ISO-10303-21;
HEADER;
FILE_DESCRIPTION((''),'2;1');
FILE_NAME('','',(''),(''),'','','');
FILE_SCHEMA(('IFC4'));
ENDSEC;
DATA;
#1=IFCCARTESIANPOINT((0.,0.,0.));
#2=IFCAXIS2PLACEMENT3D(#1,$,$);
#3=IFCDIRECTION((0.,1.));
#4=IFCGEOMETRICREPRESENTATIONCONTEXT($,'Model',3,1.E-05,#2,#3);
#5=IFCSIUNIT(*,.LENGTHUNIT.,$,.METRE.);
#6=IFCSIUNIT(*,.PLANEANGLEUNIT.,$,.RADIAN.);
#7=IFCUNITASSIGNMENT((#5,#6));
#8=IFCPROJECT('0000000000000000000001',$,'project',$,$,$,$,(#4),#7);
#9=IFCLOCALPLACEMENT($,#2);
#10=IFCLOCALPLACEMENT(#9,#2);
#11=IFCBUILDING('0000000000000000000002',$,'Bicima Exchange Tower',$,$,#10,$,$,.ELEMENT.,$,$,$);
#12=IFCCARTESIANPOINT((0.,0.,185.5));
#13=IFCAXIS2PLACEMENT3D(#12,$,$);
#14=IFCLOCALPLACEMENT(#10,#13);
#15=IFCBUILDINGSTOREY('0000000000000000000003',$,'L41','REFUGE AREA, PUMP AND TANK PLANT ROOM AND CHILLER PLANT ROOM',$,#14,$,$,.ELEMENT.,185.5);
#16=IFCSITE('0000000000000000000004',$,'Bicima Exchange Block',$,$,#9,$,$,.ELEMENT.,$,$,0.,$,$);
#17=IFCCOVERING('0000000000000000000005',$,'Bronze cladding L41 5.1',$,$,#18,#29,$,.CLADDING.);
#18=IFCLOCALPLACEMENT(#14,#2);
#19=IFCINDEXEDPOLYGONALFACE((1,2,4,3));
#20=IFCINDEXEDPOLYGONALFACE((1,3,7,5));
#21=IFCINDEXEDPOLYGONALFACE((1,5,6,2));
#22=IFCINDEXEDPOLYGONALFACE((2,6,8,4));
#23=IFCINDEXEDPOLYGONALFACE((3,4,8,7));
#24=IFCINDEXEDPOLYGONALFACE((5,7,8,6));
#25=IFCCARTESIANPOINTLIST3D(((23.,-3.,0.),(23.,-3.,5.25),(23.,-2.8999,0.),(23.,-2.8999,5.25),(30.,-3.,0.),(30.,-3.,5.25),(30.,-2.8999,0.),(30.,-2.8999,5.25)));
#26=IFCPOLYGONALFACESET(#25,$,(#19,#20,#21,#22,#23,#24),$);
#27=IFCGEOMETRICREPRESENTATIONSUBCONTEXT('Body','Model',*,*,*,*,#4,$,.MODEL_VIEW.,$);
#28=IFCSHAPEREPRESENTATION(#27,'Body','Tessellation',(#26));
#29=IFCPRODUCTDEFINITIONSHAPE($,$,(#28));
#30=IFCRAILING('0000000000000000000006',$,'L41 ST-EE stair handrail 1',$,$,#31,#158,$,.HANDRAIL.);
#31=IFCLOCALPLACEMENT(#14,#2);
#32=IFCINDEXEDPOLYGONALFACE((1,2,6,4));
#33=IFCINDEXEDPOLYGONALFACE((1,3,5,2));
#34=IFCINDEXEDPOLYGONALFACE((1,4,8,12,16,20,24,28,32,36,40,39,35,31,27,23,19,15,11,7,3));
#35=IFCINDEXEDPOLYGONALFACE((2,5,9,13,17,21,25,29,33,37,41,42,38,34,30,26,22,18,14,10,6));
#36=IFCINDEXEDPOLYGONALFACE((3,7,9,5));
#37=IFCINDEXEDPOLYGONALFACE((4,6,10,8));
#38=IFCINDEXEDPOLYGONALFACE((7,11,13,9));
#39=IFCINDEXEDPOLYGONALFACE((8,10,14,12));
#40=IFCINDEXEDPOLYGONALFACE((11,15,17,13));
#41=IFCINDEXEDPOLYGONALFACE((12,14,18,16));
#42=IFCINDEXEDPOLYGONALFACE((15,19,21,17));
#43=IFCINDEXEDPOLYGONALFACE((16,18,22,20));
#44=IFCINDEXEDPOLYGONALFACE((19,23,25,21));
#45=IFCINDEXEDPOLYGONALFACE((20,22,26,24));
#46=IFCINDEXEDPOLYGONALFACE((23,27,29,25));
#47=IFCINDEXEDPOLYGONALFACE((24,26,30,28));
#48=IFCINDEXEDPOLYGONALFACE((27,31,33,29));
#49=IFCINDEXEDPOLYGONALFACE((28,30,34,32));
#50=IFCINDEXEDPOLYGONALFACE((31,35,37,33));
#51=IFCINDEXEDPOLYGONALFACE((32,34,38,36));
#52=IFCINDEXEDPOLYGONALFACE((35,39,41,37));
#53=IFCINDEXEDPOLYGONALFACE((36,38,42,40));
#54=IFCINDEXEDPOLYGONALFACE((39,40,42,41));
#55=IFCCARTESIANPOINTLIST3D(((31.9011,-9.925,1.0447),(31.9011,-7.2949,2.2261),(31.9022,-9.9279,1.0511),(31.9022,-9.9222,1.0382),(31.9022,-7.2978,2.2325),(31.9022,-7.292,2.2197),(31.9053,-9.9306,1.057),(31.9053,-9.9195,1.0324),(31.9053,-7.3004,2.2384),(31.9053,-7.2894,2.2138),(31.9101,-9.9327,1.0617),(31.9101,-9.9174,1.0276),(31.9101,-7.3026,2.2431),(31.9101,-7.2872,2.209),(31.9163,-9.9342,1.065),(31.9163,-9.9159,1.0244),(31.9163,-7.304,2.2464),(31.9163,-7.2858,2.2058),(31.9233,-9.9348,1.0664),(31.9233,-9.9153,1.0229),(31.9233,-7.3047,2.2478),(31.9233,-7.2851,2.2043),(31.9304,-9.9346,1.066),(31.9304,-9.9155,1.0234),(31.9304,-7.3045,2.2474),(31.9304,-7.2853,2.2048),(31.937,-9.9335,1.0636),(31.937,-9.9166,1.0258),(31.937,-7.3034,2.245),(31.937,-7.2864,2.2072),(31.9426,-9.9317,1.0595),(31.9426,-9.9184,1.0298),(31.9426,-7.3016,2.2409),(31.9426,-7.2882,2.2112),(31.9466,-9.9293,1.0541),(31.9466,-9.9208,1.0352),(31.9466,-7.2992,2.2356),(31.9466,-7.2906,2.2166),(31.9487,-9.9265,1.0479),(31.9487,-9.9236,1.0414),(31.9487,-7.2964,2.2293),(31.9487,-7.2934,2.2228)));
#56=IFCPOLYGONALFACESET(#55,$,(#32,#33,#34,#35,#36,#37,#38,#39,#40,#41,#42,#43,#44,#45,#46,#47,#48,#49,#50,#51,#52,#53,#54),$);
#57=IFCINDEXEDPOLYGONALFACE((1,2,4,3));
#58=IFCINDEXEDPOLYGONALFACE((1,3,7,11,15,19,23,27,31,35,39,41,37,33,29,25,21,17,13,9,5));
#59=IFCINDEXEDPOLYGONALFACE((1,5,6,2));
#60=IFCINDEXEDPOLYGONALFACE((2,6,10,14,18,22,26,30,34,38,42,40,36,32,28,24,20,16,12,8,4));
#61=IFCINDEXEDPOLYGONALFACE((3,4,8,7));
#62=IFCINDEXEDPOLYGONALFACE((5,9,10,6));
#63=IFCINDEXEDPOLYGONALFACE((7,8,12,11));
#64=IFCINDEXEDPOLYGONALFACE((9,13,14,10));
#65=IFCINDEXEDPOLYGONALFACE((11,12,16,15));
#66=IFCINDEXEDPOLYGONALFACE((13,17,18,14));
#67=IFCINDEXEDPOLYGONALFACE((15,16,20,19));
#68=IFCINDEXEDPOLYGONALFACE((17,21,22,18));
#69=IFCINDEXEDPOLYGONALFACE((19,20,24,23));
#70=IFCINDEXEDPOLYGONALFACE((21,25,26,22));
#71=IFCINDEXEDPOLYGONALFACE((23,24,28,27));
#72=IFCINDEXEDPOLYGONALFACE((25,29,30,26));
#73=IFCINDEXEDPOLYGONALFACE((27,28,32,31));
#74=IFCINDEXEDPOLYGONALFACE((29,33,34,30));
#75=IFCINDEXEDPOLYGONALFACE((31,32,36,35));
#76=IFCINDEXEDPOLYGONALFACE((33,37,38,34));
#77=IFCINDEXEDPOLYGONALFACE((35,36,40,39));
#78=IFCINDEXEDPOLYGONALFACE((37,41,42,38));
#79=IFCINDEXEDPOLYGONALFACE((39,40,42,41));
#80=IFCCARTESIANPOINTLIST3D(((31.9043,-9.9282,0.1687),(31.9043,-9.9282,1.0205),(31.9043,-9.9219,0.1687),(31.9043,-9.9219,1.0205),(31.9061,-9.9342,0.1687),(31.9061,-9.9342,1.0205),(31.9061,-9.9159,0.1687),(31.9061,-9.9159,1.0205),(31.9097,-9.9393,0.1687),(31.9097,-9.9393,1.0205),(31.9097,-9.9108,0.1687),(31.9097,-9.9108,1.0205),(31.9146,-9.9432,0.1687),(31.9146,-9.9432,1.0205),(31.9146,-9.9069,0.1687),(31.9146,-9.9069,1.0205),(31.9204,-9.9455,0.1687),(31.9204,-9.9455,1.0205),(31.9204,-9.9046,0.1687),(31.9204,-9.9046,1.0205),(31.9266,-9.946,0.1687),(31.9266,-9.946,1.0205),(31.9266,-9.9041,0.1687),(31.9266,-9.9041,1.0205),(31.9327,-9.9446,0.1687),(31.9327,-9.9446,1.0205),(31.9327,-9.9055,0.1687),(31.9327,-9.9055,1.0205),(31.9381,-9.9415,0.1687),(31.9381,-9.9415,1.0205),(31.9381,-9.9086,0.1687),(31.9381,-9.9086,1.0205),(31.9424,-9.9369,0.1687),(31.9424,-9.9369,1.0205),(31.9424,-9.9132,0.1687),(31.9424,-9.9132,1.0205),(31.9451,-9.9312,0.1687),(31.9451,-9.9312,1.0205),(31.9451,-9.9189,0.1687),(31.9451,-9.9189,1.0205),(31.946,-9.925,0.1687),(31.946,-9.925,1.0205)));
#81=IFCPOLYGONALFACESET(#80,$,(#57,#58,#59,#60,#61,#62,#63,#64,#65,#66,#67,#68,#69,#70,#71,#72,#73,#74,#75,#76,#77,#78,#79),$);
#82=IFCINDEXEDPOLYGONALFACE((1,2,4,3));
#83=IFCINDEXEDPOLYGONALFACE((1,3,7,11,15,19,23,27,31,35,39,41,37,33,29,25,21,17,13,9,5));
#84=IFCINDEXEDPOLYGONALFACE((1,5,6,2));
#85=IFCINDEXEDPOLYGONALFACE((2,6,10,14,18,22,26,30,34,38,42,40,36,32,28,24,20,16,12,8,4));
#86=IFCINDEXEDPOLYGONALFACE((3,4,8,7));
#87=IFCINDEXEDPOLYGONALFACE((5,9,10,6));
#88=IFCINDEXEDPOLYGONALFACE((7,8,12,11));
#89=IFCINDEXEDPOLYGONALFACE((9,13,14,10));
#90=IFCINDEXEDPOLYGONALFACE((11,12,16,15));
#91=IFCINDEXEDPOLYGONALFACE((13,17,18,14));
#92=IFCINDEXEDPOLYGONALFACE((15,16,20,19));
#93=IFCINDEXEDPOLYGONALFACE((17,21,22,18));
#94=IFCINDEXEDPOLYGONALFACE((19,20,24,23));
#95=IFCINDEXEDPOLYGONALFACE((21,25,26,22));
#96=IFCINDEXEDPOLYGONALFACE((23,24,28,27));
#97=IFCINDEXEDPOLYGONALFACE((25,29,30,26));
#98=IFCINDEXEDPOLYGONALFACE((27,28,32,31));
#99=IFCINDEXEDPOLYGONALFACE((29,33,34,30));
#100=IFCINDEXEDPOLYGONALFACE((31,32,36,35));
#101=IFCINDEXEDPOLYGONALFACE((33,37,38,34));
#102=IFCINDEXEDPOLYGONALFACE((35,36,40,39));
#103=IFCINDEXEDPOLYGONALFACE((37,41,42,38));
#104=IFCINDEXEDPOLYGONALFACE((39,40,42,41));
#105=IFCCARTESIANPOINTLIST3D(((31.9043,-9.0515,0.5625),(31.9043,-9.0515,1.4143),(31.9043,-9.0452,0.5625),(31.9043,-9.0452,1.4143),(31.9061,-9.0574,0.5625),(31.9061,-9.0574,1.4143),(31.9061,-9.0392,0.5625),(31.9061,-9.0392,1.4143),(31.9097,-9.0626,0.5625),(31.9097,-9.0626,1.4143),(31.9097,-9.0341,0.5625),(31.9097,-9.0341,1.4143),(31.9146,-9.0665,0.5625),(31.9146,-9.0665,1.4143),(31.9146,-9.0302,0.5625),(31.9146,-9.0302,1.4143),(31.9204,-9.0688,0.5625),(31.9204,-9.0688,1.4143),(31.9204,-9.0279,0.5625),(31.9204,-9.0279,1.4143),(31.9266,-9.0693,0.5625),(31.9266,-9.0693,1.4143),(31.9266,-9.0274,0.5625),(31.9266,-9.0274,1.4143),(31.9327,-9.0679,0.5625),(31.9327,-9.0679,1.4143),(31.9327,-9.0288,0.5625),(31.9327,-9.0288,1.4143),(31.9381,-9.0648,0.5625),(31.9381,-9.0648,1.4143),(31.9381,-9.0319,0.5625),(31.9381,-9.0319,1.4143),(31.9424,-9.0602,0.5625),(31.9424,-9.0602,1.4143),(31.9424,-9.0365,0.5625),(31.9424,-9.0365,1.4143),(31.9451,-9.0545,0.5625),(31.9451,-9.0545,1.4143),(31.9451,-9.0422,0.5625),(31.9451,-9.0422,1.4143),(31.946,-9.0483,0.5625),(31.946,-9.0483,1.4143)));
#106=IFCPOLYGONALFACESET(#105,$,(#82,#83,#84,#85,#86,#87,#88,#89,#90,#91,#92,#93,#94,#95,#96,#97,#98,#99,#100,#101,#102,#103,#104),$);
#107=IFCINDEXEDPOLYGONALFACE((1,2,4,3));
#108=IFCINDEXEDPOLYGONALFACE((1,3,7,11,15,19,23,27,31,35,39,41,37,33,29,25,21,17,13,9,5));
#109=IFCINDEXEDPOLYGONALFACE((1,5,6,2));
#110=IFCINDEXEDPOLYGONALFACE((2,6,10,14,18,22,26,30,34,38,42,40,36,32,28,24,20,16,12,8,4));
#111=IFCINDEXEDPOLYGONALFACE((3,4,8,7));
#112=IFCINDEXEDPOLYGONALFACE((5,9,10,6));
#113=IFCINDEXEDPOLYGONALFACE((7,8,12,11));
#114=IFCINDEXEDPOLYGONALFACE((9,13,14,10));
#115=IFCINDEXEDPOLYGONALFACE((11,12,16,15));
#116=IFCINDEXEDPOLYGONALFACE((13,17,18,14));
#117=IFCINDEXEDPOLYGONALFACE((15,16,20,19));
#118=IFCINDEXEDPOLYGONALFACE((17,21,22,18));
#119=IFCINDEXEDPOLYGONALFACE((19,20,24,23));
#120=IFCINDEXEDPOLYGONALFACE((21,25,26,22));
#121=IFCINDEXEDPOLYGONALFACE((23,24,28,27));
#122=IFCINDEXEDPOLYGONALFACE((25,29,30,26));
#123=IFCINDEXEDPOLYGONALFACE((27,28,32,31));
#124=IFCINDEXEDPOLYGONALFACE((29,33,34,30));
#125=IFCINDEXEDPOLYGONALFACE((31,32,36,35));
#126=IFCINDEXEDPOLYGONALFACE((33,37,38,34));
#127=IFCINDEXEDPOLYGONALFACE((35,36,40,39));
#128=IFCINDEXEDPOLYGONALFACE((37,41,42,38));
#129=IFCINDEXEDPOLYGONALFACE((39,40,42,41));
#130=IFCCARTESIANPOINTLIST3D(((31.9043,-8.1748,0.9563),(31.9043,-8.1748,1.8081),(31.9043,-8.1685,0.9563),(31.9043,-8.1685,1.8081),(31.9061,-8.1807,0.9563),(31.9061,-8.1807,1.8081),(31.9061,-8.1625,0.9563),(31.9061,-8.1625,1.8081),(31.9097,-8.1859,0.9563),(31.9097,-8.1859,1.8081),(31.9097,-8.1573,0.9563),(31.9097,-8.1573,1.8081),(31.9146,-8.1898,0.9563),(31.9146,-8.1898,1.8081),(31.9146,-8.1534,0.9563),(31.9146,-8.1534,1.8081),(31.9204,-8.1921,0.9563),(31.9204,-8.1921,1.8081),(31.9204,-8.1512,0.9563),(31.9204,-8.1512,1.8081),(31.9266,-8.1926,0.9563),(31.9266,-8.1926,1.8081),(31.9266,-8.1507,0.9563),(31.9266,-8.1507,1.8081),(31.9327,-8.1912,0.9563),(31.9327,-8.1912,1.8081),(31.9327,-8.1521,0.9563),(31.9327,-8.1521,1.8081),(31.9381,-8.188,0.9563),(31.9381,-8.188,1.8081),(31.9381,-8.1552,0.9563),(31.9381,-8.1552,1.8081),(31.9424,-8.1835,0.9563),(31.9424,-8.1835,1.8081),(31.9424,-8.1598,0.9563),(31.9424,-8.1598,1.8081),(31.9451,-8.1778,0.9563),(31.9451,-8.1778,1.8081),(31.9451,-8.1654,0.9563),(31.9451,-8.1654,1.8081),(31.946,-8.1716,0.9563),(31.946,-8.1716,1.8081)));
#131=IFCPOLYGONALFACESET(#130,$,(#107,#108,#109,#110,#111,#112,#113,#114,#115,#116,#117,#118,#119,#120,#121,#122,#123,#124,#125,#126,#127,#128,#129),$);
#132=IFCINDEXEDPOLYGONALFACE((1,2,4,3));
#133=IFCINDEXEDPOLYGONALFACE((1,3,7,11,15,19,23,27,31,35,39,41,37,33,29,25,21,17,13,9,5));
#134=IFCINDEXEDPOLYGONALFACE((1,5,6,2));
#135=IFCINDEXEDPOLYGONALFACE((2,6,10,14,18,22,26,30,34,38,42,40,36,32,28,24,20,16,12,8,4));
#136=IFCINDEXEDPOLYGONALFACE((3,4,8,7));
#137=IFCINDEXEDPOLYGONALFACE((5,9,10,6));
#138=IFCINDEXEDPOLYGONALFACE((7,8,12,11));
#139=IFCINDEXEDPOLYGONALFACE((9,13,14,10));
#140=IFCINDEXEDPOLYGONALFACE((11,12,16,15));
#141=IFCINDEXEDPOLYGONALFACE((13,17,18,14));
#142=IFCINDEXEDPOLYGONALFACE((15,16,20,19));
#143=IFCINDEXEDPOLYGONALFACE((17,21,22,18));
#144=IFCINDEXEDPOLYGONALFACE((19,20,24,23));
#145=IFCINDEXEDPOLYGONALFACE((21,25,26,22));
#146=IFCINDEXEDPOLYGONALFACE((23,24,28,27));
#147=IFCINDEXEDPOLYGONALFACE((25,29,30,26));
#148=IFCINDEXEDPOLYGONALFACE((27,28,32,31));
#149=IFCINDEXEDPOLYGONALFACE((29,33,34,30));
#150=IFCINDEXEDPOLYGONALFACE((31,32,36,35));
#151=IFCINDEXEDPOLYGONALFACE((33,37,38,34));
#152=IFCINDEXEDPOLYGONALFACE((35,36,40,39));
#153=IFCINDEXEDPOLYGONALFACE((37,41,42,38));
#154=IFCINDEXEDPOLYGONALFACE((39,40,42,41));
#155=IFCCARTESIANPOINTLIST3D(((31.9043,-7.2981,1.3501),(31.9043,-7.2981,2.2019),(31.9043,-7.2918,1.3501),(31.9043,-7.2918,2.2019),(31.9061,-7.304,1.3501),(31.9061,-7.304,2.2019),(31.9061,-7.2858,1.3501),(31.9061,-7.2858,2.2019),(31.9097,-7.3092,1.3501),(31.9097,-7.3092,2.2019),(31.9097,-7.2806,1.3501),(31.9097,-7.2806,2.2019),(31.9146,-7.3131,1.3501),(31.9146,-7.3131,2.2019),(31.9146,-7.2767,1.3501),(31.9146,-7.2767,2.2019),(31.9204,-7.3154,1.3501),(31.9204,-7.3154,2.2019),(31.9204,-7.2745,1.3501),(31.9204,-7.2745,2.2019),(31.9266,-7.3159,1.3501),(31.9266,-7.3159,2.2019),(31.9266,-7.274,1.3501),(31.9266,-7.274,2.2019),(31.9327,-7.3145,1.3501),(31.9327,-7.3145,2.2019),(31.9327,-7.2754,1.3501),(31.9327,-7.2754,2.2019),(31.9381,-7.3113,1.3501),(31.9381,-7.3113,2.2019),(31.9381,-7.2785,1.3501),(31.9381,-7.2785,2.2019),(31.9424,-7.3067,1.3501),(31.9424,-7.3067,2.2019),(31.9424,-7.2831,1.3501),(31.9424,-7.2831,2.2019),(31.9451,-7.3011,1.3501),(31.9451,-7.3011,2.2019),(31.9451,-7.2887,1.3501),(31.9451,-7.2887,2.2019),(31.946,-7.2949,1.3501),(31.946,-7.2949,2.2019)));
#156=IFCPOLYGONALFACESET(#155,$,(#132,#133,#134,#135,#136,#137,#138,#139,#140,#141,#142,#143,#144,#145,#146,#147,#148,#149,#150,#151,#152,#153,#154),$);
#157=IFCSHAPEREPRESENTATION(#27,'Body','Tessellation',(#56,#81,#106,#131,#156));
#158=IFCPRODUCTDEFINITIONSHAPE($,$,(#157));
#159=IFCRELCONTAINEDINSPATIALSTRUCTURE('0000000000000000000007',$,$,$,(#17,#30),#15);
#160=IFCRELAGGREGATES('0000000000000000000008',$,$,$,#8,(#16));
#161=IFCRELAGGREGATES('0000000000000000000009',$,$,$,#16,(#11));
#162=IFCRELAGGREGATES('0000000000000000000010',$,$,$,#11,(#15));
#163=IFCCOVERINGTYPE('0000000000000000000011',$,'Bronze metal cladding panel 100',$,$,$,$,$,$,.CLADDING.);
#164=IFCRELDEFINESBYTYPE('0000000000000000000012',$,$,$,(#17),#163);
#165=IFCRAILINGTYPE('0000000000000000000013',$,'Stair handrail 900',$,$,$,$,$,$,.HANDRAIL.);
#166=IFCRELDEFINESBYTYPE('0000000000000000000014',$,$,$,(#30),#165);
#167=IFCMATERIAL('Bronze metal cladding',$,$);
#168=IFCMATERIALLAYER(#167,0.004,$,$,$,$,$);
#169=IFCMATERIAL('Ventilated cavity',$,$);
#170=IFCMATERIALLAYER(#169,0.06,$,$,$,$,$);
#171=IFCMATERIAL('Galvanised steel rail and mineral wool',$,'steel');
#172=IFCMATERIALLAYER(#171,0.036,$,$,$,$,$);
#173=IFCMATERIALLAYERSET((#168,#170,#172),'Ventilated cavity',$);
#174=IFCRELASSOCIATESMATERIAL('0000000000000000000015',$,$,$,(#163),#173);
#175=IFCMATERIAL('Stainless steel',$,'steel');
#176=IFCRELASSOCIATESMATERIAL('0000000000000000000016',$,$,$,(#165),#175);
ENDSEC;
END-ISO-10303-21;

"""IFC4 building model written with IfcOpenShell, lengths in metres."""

from ifc_helpers import new_model, si_unit, direction, frame, origin, origin_2d, place, context, subcontext, project, spatial, rectangle, circle, extrude, material, layer, layer_set, type_object, element, save


model = new_model("IFC4")

# Units and contexts
model_context = context("Model", 3, precision=1e-05, world=origin(), true_north=direction((0.0, 1.0)))
body_context = subcontext(model_context, "Body", "Model", "MODEL_VIEW")
ifc_project = project(units=[si_unit("LENGTHUNIT", "METRE"), si_unit("PLANEANGLEUNIT", "RADIAN")], contexts=[model_context])

# Site, building, storey
site_placement = place(None, origin())
site = spatial("IfcSite", under=ifc_project, at=site_placement, Name="Bicima Exchange Block", CompositionType="ELEMENT", RefElevation=0.0)
building_placement = place(site_placement, origin())
building = spatial("IfcBuilding", under=site, at=building_placement, Name="Bicima Exchange Tower", CompositionType="ELEMENT")
storey_placement = place(building_placement, frame((0.0, 0.0, 185.5)))
storey = spatial("IfcBuildingStorey", under=building, at=storey_placement, Name="L41", Description="REFUGE AREA, PUMP AND TANK PLANT ROOM AND CHILLER PLANT ROOM", CompositionType="ELEMENT", Elevation=185.5)

# Covering
ifc_material_1 = material(Name="Bronze metal cladding")
ifc_layer_1 = layer(ifc_material_1, 0.004)
ifc_material_2 = material(Name="Ventilated cavity")
ifc_layer_2 = layer(ifc_material_2, 0.06)
ifc_material_3 = material(Name="Galvanised steel rail and mineral wool", Category="steel")
ifc_layer_3 = layer(ifc_material_3, 0.036)
ifc_layer_set_1 = layer_set([ifc_layer_1, ifc_layer_2, ifc_layer_3], Name="Ventilated cavity")
covering_type = type_object("IfcCoveringType", Name="Bronze metal cladding panel 100", PredefinedType="CLADDING", material=ifc_layer_set_1)
covering_placement = place(storey_placement, frame((26.5, -2.95, 0.0), z_axis=(0.0, 0.0, 1.0), x_axis=(-1.0, 0.0, 0.0)))
element("IfcCovering", 1, at=covering_placement, inside=storey, type_object=covering_type, Name="Bronze cladding L41 5.1", PredefinedType="CLADDING", context=body_context, shape_type="SweptSolid", body=[
    extrude(rectangle(XDim=7.0, YDim=0.1001, at=origin_2d()), origin(), (0.0, 0.0, 1.0), 5.25),
])

# Railing
ifc_material_4 = material(Name="Stainless steel", Category="steel")
railing_type_1 = type_object("IfcRailingType", Name="Stair handrail 900", PredefinedType="HANDRAIL", material=ifc_material_4)
railing_1_placement = place(storey_placement, frame((31.925, -9.925, 0.1687)))
element("IfcRailing", 2, at=railing_1_placement, inside=storey, type_object=railing_type_1, Name="L41 ST-EE stair handrail 1", PredefinedType="HANDRAIL", context=body_context, shape_type="SweptSolid", body=[
    extrude(circle(Radius=0.0239, at=origin_2d()), frame((0.0, 0.0, 0.876), z_axis=(0.0, 0.912202, 0.409741), x_axis=(-1.0, 0.0, 0.0)), (0.0, 0.0, 1.0), 2.8833),
    extrude(circle(Radius=0.021, at=origin_2d()), origin(), (0.0, 0.0, 1.0), 0.8518),
    extrude(circle(Radius=0.021, at=origin_2d()), frame((0.0, 0.8767, 0.3938)), (0.0, 0.0, 1.0), 0.8518),
    extrude(circle(Radius=0.021, at=origin_2d()), frame((0.0, 1.7534, 0.7876)), (0.0, 0.0, 1.0), 0.8518),
    extrude(circle(Radius=0.021, at=origin_2d()), frame((0.0, 2.6301, 1.1814)), (0.0, 0.0, 1.0), 0.8518),
])

save(model, "model.ifc")
